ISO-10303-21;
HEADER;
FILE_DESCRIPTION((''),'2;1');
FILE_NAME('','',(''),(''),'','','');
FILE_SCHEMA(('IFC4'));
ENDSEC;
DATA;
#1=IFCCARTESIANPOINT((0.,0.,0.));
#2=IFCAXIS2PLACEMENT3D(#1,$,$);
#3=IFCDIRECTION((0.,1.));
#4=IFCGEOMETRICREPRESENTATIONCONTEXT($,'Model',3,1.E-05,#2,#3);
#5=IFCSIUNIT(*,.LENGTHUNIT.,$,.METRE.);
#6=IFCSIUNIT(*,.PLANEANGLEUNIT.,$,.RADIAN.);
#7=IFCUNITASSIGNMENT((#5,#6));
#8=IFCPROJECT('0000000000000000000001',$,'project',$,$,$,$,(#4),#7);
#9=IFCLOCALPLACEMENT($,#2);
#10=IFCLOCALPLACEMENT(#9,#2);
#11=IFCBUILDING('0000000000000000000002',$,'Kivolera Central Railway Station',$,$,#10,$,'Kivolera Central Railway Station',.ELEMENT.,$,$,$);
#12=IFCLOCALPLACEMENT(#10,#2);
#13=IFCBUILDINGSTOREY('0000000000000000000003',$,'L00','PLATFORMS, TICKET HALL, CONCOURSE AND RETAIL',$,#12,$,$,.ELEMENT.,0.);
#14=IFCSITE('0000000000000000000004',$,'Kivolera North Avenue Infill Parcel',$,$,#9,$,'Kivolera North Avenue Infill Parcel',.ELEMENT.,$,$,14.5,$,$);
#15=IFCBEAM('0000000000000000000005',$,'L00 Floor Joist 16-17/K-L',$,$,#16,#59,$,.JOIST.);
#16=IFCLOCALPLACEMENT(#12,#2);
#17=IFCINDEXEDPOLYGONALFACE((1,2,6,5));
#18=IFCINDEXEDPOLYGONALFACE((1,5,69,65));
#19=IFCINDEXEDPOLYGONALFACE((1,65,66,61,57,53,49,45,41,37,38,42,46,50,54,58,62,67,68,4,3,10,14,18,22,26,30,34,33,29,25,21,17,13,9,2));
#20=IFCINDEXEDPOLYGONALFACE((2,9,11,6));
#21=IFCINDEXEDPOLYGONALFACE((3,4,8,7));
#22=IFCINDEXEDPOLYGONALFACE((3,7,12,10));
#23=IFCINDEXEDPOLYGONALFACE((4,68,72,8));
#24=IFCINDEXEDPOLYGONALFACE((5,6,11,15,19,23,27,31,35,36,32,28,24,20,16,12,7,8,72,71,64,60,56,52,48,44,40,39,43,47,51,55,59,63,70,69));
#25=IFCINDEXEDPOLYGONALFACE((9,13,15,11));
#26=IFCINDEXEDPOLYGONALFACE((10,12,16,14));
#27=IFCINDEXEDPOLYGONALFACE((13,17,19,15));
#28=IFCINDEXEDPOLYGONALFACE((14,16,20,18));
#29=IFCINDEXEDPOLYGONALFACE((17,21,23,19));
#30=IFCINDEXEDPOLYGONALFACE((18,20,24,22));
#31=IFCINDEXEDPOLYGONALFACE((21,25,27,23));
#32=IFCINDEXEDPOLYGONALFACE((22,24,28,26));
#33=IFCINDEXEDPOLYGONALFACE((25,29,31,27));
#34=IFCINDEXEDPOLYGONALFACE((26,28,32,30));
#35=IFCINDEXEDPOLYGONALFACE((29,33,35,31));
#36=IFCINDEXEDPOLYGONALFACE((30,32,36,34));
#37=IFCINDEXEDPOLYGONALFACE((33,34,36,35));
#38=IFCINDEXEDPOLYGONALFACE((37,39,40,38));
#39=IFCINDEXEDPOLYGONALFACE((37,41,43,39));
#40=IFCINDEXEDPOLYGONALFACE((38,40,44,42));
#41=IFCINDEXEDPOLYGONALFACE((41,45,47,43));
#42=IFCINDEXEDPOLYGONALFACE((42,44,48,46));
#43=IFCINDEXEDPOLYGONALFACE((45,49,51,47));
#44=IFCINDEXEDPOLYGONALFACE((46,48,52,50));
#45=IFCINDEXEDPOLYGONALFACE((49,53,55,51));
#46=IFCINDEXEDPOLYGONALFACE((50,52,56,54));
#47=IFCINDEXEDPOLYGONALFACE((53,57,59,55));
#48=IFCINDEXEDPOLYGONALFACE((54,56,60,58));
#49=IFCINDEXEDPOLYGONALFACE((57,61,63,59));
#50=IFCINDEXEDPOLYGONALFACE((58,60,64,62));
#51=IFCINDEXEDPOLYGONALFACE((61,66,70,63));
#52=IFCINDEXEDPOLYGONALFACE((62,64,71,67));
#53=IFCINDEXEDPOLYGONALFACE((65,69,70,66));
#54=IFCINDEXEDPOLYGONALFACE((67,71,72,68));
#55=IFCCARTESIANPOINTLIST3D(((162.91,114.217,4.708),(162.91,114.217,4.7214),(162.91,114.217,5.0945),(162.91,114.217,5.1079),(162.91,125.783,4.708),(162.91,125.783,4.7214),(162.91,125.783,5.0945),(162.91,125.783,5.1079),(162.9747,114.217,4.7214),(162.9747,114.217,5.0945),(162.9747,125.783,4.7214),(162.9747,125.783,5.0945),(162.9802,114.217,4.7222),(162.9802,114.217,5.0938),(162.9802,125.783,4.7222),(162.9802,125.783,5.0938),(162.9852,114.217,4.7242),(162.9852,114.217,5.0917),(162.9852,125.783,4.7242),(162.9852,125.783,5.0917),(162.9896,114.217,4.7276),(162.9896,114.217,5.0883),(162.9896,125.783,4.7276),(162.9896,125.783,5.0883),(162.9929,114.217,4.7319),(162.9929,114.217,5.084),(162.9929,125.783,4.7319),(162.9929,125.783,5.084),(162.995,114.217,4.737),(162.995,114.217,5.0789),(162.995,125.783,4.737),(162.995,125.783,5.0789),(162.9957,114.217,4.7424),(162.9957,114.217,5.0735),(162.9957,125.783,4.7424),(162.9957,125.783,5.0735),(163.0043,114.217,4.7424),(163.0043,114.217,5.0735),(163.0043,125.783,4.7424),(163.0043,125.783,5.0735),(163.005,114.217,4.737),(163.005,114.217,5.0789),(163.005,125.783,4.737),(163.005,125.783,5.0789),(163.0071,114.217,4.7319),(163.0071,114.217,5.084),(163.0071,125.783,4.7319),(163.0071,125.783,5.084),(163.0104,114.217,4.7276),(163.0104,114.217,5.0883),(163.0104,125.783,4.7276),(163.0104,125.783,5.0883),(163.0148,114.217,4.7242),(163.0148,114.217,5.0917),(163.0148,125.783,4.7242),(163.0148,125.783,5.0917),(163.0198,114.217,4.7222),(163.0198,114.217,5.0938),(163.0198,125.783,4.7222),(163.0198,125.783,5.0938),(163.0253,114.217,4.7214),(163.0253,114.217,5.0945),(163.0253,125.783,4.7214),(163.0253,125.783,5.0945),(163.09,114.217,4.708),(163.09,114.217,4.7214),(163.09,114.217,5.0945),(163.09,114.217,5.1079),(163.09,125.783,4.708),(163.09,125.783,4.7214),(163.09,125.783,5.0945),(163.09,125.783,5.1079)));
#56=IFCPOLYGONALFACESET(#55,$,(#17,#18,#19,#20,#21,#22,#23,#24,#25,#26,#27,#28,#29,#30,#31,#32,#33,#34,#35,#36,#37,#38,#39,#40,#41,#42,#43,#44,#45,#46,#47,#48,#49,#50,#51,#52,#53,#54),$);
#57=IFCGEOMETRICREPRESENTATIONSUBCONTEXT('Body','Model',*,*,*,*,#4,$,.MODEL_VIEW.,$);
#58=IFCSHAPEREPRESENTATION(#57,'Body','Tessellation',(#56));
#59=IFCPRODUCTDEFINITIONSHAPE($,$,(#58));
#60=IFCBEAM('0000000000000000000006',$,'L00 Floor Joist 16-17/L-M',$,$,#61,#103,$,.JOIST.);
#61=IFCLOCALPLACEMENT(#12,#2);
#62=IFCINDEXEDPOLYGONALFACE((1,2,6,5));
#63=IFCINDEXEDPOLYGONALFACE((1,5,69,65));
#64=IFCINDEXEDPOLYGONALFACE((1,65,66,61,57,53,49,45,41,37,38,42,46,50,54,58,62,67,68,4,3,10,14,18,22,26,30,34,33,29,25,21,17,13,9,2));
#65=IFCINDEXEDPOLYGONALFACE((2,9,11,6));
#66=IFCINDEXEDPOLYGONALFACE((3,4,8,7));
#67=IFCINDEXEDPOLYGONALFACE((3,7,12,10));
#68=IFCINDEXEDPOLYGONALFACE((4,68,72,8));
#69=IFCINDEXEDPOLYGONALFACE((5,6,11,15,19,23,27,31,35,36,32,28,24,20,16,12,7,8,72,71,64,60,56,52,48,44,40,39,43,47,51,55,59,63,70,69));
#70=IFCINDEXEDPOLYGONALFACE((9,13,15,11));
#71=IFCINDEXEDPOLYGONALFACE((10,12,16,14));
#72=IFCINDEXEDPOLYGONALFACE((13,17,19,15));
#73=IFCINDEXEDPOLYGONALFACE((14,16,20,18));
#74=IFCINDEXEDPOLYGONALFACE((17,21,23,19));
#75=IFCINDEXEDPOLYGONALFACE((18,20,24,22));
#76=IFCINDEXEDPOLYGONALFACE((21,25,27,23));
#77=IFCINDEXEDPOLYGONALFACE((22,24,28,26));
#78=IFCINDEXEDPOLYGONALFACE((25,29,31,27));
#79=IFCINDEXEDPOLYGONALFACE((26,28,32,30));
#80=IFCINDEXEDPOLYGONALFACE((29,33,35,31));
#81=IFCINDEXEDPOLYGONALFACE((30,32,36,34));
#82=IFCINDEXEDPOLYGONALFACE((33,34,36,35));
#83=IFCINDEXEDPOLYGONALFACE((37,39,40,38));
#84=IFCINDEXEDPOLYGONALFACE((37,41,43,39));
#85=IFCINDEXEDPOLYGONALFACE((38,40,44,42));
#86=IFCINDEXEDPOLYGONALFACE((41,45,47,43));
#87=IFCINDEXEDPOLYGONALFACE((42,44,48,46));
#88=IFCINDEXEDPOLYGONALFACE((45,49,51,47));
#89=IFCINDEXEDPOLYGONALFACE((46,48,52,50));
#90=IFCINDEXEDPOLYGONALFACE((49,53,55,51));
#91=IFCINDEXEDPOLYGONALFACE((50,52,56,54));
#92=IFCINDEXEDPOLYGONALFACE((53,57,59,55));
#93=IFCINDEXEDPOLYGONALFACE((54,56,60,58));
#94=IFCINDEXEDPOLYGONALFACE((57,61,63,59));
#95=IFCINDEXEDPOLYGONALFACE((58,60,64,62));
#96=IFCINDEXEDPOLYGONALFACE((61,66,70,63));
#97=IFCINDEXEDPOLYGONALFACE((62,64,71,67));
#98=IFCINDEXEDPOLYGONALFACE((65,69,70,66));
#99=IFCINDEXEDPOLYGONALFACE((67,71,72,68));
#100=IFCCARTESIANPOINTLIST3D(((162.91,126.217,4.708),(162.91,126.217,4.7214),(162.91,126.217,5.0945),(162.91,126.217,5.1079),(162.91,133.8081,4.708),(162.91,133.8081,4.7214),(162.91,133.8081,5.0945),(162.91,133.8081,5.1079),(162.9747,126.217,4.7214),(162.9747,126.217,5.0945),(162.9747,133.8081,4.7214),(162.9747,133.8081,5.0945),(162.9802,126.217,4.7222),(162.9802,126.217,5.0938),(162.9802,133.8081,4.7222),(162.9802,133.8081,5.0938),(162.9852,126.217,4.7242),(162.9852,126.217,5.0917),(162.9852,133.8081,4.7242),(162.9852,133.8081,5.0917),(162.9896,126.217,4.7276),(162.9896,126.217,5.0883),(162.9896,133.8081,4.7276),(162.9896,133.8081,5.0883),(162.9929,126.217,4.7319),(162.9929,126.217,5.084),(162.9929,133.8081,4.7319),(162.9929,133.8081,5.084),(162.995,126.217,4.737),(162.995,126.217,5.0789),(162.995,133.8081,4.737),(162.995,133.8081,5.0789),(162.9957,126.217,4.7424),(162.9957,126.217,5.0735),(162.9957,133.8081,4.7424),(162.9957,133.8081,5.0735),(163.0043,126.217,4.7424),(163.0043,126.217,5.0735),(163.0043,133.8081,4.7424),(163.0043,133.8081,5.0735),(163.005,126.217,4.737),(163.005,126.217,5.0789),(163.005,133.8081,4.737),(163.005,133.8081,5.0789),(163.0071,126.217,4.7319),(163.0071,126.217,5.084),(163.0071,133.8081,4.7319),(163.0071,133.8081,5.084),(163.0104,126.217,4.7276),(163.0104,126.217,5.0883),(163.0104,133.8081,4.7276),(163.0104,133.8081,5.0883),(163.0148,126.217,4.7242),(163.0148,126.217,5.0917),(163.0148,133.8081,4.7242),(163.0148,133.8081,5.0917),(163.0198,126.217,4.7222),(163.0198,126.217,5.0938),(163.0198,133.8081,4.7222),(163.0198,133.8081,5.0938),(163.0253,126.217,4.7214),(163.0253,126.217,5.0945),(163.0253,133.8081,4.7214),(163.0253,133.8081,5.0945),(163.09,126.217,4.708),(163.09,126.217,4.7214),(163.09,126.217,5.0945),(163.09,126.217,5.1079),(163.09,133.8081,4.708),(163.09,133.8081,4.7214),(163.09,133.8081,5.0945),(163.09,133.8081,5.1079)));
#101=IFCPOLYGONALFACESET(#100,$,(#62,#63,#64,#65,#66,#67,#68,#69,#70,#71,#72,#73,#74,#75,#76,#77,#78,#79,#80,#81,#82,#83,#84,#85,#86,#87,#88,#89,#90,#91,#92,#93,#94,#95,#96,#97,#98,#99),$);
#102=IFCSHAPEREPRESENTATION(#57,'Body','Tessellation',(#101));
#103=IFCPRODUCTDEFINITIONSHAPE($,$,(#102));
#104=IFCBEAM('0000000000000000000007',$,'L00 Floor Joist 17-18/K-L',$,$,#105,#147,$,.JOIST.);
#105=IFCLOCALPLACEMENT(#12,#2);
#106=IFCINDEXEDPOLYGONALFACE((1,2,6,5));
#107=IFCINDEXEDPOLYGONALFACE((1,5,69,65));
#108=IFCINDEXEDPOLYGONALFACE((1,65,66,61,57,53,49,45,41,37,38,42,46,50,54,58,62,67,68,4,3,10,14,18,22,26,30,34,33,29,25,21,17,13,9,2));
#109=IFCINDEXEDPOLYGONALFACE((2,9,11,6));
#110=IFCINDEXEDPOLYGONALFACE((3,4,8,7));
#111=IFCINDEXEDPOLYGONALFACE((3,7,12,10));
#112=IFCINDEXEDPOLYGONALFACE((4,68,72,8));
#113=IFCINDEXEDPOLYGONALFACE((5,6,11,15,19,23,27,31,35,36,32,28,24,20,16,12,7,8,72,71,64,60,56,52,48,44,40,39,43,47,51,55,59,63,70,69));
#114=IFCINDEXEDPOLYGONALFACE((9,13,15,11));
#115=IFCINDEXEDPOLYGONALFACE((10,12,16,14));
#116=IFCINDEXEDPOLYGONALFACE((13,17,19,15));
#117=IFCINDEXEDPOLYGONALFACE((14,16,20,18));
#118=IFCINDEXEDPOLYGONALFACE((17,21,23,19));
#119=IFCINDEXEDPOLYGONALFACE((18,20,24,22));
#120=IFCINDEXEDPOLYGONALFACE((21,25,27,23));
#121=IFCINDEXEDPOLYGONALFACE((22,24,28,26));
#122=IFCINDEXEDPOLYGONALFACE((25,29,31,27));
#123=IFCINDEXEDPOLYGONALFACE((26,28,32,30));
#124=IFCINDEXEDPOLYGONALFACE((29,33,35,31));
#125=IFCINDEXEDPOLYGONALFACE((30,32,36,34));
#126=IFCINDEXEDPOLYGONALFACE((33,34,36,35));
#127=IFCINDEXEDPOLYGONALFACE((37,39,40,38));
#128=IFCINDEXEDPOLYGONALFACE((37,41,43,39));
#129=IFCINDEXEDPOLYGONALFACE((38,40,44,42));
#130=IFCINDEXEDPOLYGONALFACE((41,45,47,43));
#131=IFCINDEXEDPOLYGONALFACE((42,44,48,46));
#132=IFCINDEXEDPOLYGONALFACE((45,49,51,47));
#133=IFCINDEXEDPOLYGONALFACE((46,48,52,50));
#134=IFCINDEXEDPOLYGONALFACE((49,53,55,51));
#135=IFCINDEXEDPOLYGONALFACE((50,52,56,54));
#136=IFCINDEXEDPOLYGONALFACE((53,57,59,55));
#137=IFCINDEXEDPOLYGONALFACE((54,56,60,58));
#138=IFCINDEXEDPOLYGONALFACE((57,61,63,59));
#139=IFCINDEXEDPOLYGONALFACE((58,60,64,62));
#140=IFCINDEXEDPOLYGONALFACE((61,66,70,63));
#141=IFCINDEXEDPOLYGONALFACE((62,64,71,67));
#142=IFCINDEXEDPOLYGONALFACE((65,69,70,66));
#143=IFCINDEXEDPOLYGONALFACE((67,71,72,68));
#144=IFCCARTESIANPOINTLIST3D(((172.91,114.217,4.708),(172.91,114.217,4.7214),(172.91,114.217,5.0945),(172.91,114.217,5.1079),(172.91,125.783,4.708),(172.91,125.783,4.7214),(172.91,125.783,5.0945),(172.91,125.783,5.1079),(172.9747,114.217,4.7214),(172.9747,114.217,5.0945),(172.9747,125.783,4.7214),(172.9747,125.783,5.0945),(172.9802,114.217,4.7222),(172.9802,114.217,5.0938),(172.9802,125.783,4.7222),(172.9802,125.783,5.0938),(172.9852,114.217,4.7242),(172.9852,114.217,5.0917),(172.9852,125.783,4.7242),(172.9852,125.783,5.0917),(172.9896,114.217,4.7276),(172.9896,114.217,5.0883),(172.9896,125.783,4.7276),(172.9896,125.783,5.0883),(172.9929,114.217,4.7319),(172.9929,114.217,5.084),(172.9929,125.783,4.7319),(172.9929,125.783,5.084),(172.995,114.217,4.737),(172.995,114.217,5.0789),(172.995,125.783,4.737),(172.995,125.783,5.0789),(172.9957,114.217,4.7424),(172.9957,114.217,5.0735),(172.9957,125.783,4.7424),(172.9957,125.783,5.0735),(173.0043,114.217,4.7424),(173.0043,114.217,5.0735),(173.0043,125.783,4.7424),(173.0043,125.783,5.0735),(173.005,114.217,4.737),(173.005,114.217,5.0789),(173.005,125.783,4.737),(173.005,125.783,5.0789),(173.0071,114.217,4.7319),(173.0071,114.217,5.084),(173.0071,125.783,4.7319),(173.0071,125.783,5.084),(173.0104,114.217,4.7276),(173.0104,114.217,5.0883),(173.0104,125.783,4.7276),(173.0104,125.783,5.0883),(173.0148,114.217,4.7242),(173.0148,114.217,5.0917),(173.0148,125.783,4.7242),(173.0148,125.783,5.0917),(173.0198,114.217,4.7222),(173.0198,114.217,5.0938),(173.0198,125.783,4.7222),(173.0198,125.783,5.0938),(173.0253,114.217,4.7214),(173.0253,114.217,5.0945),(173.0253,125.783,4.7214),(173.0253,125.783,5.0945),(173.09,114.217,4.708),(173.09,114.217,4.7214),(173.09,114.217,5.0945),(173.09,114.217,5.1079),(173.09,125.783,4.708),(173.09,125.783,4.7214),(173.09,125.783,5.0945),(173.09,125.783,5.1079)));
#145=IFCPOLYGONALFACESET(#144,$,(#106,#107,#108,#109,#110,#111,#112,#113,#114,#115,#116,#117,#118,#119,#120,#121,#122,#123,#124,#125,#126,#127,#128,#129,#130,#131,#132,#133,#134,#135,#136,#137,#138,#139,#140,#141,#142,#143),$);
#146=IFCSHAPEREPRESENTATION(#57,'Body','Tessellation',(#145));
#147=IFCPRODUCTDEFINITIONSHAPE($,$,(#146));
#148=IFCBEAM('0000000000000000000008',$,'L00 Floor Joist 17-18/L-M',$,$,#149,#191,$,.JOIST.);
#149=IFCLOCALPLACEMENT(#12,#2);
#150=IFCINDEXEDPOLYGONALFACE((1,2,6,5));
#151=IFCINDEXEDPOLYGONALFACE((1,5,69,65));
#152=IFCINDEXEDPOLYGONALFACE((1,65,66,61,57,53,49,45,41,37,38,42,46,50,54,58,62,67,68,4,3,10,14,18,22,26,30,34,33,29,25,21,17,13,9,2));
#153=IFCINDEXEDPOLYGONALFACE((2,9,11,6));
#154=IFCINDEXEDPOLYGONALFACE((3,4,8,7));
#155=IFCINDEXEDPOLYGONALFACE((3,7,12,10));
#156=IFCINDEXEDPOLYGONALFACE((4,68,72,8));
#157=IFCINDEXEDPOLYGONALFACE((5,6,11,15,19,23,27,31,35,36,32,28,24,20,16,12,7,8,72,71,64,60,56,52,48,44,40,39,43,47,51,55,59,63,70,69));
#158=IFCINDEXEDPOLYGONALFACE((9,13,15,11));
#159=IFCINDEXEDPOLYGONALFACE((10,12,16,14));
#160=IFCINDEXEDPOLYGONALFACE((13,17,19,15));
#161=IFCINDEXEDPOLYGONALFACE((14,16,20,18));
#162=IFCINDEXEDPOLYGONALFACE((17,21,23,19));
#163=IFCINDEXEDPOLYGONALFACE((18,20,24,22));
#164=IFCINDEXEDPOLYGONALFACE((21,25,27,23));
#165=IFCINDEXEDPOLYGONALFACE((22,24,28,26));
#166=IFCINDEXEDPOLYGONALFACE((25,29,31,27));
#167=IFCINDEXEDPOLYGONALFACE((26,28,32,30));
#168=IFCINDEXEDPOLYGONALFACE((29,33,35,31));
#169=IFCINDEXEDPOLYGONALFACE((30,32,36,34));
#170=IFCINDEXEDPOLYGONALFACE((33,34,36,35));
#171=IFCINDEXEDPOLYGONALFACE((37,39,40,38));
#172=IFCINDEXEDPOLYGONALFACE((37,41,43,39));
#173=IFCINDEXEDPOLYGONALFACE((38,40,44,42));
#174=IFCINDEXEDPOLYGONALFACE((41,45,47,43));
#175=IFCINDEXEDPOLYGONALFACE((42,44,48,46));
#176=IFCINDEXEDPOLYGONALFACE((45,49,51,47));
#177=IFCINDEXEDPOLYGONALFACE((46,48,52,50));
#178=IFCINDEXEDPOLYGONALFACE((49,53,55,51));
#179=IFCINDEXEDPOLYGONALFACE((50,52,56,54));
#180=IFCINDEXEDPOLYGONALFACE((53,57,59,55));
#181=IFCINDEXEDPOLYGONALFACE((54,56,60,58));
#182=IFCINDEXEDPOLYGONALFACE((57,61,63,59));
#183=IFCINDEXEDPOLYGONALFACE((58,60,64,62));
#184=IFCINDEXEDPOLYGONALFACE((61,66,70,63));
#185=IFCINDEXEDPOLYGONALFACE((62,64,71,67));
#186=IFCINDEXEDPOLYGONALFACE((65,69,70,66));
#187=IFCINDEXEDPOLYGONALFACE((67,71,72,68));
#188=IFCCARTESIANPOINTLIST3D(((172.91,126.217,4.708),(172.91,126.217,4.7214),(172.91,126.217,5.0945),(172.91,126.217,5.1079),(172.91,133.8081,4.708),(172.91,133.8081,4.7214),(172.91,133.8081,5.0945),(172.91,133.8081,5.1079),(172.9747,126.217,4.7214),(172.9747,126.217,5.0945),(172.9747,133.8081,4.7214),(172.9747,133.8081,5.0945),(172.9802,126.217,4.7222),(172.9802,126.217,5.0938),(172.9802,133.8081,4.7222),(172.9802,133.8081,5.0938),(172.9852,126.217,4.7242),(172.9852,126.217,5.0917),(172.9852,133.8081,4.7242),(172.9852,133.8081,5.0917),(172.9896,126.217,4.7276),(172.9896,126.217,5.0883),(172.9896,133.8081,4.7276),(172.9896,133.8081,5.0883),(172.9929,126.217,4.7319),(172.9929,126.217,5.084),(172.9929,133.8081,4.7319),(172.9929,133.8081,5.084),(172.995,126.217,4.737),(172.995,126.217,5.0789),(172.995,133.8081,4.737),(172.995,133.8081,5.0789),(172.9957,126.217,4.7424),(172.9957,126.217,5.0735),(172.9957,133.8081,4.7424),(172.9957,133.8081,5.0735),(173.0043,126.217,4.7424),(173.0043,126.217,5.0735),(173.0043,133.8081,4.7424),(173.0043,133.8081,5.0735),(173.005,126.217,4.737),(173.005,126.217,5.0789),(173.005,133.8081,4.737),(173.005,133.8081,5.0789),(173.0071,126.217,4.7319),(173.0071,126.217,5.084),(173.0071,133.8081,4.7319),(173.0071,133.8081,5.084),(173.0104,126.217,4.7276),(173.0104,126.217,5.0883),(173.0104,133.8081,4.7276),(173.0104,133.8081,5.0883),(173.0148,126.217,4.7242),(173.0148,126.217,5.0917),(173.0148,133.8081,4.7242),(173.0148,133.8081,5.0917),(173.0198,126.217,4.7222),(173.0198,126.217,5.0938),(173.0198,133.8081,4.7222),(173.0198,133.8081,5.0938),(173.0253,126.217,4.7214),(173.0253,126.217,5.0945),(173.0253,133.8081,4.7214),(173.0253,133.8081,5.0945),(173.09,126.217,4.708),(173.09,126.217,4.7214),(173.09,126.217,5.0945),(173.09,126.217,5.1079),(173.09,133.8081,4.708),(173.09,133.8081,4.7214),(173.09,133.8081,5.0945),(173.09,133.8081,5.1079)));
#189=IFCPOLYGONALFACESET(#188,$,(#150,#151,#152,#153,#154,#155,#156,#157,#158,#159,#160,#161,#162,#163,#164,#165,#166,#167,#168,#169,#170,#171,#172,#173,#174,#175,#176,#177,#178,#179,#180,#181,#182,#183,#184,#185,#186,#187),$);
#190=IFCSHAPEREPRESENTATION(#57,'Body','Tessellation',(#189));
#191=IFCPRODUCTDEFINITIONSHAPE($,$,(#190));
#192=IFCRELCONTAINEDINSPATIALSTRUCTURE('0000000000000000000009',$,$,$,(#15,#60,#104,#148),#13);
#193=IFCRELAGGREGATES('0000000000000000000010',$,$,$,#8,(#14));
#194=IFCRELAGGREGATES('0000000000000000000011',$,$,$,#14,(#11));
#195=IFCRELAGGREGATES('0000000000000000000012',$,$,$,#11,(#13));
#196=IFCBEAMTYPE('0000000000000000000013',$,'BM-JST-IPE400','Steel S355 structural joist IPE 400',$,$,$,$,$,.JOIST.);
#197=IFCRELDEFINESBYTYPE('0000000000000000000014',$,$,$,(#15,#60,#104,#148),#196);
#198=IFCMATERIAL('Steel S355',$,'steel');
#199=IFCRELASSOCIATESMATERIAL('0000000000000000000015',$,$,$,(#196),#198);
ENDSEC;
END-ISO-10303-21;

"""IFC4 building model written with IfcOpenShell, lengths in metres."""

from ifc_helpers import new_model, si_unit, direction, frame, origin, origin_2d, place, context, subcontext, project, spatial, i_section, extrude, material, material_profile, profile_set, type_object, element, save


model = new_model("IFC4")

# Units and contexts
model_context = context("Model", 3, precision=1e-05, world=origin(), true_north=direction((0.0, 1.0)))
body_context = subcontext(model_context, "Body", "Model", "MODEL_VIEW")
ifc_project = project(units=[si_unit("LENGTHUNIT", "METRE"), si_unit("PLANEANGLEUNIT", "RADIAN")], contexts=[model_context])

# Site, building, storey
site_placement = place(None, origin())
site = spatial("IfcSite", under=ifc_project, at=site_placement, Name="Kivolera North Avenue Infill Parcel", LongName="Kivolera North Avenue Infill Parcel", CompositionType="ELEMENT", RefElevation=14.5)
building_placement = place(site_placement, origin())
building = spatial("IfcBuilding", under=site, at=building_placement, Name="Kivolera Central Railway Station", LongName="Kivolera Central Railway Station", CompositionType="ELEMENT")
storey_placement = place(building_placement, origin())
storey = spatial("IfcBuildingStorey", under=building, at=storey_placement, Name="L00", Description="PLATFORMS, TICKET HALL, CONCOURSE AND RETAIL", CompositionType="ELEMENT", Elevation=0.0)

# Beams
ifc_material_1 = material(Name="Steel S355", Category="steel")
ifc_material_profile_1 = material_profile(ifc_material_1, i_section(OverallWidth=0.1799, OverallDepth=0.3999, WebThickness=0.0085, FlangeThickness=0.0134, FilletRadius=0.021, at=origin_2d()), Name="IPE 400")
ifc_profile_set_1 = profile_set([ifc_material_profile_1], Name="Steel S355")
beam_type_1 = type_object("IfcBeamType", Name="BM-JST-IPE400", Description="Steel S355 structural joist IPE 400", PredefinedType="JOIST", material=ifc_profile_set_1)
beam_1_placement = place(storey_placement, frame((163.0, 114.217, 4.908), z_axis=(0.0, 1.0, 0.0), x_axis=(-1.0, 0.0, 0.0)))
element("IfcBeam", 1, at=beam_1_placement, inside=storey, type_object=beam_type_1, Name="L00 Floor Joist 16-17/K-L", PredefinedType="JOIST", context=body_context, shape_type="SweptSolid", body=[
    extrude(i_section(OverallWidth=0.1799, OverallDepth=0.3999, WebThickness=0.0085, FlangeThickness=0.0134, FilletRadius=0.021, at=origin_2d()), origin(), (0.0, 0.0, 1.0), 11.5659),
])
beam_2_placement = place(storey_placement, frame((163.0, 126.217, 4.908), z_axis=(0.0, 1.0, 0.0), x_axis=(-1.0, 0.0, 0.0)))
element("IfcBeam", 2, at=beam_2_placement, inside=storey, type_object=beam_type_1, Name="L00 Floor Joist 16-17/L-M", PredefinedType="JOIST", context=body_context, shape_type="SweptSolid", body=[
    extrude(i_section(OverallWidth=0.1799, OverallDepth=0.3999, WebThickness=0.0085, FlangeThickness=0.0134, FilletRadius=0.021, at=origin_2d()), origin(), (0.0, 0.0, 1.0), 7.5911),
])
beam_3_placement = place(storey_placement, frame((173.0, 114.217, 4.908), z_axis=(0.0, 1.0, 0.0), x_axis=(-1.0, 0.0, 0.0)))
element("IfcBeam", 3, at=beam_3_placement, inside=storey, type_object=beam_type_1, Name="L00 Floor Joist 17-18/K-L", PredefinedType="JOIST", context=body_context, shape_type="SweptSolid", body=[
    extrude(i_section(OverallWidth=0.1799, OverallDepth=0.3999, WebThickness=0.0085, FlangeThickness=0.0134, FilletRadius=0.021, at=origin_2d()), origin(), (0.0, 0.0, 1.0), 11.5659),
])
beam_4_placement = place(storey_placement, frame((173.0, 126.217, 4.908), z_axis=(0.0, 1.0, 0.0), x_axis=(-1.0, 0.0, 0.0)))
element("IfcBeam", 4, at=beam_4_placement, inside=storey, type_object=beam_type_1, Name="L00 Floor Joist 17-18/L-M", PredefinedType="JOIST", context=body_context, shape_type="SweptSolid", body=[
    extrude(i_section(OverallWidth=0.1799, OverallDepth=0.3999, WebThickness=0.0085, FlangeThickness=0.0134, FilletRadius=0.021, at=origin_2d()), origin(), (0.0, 0.0, 1.0), 7.5911),
])

save(model, "model.ifc")
